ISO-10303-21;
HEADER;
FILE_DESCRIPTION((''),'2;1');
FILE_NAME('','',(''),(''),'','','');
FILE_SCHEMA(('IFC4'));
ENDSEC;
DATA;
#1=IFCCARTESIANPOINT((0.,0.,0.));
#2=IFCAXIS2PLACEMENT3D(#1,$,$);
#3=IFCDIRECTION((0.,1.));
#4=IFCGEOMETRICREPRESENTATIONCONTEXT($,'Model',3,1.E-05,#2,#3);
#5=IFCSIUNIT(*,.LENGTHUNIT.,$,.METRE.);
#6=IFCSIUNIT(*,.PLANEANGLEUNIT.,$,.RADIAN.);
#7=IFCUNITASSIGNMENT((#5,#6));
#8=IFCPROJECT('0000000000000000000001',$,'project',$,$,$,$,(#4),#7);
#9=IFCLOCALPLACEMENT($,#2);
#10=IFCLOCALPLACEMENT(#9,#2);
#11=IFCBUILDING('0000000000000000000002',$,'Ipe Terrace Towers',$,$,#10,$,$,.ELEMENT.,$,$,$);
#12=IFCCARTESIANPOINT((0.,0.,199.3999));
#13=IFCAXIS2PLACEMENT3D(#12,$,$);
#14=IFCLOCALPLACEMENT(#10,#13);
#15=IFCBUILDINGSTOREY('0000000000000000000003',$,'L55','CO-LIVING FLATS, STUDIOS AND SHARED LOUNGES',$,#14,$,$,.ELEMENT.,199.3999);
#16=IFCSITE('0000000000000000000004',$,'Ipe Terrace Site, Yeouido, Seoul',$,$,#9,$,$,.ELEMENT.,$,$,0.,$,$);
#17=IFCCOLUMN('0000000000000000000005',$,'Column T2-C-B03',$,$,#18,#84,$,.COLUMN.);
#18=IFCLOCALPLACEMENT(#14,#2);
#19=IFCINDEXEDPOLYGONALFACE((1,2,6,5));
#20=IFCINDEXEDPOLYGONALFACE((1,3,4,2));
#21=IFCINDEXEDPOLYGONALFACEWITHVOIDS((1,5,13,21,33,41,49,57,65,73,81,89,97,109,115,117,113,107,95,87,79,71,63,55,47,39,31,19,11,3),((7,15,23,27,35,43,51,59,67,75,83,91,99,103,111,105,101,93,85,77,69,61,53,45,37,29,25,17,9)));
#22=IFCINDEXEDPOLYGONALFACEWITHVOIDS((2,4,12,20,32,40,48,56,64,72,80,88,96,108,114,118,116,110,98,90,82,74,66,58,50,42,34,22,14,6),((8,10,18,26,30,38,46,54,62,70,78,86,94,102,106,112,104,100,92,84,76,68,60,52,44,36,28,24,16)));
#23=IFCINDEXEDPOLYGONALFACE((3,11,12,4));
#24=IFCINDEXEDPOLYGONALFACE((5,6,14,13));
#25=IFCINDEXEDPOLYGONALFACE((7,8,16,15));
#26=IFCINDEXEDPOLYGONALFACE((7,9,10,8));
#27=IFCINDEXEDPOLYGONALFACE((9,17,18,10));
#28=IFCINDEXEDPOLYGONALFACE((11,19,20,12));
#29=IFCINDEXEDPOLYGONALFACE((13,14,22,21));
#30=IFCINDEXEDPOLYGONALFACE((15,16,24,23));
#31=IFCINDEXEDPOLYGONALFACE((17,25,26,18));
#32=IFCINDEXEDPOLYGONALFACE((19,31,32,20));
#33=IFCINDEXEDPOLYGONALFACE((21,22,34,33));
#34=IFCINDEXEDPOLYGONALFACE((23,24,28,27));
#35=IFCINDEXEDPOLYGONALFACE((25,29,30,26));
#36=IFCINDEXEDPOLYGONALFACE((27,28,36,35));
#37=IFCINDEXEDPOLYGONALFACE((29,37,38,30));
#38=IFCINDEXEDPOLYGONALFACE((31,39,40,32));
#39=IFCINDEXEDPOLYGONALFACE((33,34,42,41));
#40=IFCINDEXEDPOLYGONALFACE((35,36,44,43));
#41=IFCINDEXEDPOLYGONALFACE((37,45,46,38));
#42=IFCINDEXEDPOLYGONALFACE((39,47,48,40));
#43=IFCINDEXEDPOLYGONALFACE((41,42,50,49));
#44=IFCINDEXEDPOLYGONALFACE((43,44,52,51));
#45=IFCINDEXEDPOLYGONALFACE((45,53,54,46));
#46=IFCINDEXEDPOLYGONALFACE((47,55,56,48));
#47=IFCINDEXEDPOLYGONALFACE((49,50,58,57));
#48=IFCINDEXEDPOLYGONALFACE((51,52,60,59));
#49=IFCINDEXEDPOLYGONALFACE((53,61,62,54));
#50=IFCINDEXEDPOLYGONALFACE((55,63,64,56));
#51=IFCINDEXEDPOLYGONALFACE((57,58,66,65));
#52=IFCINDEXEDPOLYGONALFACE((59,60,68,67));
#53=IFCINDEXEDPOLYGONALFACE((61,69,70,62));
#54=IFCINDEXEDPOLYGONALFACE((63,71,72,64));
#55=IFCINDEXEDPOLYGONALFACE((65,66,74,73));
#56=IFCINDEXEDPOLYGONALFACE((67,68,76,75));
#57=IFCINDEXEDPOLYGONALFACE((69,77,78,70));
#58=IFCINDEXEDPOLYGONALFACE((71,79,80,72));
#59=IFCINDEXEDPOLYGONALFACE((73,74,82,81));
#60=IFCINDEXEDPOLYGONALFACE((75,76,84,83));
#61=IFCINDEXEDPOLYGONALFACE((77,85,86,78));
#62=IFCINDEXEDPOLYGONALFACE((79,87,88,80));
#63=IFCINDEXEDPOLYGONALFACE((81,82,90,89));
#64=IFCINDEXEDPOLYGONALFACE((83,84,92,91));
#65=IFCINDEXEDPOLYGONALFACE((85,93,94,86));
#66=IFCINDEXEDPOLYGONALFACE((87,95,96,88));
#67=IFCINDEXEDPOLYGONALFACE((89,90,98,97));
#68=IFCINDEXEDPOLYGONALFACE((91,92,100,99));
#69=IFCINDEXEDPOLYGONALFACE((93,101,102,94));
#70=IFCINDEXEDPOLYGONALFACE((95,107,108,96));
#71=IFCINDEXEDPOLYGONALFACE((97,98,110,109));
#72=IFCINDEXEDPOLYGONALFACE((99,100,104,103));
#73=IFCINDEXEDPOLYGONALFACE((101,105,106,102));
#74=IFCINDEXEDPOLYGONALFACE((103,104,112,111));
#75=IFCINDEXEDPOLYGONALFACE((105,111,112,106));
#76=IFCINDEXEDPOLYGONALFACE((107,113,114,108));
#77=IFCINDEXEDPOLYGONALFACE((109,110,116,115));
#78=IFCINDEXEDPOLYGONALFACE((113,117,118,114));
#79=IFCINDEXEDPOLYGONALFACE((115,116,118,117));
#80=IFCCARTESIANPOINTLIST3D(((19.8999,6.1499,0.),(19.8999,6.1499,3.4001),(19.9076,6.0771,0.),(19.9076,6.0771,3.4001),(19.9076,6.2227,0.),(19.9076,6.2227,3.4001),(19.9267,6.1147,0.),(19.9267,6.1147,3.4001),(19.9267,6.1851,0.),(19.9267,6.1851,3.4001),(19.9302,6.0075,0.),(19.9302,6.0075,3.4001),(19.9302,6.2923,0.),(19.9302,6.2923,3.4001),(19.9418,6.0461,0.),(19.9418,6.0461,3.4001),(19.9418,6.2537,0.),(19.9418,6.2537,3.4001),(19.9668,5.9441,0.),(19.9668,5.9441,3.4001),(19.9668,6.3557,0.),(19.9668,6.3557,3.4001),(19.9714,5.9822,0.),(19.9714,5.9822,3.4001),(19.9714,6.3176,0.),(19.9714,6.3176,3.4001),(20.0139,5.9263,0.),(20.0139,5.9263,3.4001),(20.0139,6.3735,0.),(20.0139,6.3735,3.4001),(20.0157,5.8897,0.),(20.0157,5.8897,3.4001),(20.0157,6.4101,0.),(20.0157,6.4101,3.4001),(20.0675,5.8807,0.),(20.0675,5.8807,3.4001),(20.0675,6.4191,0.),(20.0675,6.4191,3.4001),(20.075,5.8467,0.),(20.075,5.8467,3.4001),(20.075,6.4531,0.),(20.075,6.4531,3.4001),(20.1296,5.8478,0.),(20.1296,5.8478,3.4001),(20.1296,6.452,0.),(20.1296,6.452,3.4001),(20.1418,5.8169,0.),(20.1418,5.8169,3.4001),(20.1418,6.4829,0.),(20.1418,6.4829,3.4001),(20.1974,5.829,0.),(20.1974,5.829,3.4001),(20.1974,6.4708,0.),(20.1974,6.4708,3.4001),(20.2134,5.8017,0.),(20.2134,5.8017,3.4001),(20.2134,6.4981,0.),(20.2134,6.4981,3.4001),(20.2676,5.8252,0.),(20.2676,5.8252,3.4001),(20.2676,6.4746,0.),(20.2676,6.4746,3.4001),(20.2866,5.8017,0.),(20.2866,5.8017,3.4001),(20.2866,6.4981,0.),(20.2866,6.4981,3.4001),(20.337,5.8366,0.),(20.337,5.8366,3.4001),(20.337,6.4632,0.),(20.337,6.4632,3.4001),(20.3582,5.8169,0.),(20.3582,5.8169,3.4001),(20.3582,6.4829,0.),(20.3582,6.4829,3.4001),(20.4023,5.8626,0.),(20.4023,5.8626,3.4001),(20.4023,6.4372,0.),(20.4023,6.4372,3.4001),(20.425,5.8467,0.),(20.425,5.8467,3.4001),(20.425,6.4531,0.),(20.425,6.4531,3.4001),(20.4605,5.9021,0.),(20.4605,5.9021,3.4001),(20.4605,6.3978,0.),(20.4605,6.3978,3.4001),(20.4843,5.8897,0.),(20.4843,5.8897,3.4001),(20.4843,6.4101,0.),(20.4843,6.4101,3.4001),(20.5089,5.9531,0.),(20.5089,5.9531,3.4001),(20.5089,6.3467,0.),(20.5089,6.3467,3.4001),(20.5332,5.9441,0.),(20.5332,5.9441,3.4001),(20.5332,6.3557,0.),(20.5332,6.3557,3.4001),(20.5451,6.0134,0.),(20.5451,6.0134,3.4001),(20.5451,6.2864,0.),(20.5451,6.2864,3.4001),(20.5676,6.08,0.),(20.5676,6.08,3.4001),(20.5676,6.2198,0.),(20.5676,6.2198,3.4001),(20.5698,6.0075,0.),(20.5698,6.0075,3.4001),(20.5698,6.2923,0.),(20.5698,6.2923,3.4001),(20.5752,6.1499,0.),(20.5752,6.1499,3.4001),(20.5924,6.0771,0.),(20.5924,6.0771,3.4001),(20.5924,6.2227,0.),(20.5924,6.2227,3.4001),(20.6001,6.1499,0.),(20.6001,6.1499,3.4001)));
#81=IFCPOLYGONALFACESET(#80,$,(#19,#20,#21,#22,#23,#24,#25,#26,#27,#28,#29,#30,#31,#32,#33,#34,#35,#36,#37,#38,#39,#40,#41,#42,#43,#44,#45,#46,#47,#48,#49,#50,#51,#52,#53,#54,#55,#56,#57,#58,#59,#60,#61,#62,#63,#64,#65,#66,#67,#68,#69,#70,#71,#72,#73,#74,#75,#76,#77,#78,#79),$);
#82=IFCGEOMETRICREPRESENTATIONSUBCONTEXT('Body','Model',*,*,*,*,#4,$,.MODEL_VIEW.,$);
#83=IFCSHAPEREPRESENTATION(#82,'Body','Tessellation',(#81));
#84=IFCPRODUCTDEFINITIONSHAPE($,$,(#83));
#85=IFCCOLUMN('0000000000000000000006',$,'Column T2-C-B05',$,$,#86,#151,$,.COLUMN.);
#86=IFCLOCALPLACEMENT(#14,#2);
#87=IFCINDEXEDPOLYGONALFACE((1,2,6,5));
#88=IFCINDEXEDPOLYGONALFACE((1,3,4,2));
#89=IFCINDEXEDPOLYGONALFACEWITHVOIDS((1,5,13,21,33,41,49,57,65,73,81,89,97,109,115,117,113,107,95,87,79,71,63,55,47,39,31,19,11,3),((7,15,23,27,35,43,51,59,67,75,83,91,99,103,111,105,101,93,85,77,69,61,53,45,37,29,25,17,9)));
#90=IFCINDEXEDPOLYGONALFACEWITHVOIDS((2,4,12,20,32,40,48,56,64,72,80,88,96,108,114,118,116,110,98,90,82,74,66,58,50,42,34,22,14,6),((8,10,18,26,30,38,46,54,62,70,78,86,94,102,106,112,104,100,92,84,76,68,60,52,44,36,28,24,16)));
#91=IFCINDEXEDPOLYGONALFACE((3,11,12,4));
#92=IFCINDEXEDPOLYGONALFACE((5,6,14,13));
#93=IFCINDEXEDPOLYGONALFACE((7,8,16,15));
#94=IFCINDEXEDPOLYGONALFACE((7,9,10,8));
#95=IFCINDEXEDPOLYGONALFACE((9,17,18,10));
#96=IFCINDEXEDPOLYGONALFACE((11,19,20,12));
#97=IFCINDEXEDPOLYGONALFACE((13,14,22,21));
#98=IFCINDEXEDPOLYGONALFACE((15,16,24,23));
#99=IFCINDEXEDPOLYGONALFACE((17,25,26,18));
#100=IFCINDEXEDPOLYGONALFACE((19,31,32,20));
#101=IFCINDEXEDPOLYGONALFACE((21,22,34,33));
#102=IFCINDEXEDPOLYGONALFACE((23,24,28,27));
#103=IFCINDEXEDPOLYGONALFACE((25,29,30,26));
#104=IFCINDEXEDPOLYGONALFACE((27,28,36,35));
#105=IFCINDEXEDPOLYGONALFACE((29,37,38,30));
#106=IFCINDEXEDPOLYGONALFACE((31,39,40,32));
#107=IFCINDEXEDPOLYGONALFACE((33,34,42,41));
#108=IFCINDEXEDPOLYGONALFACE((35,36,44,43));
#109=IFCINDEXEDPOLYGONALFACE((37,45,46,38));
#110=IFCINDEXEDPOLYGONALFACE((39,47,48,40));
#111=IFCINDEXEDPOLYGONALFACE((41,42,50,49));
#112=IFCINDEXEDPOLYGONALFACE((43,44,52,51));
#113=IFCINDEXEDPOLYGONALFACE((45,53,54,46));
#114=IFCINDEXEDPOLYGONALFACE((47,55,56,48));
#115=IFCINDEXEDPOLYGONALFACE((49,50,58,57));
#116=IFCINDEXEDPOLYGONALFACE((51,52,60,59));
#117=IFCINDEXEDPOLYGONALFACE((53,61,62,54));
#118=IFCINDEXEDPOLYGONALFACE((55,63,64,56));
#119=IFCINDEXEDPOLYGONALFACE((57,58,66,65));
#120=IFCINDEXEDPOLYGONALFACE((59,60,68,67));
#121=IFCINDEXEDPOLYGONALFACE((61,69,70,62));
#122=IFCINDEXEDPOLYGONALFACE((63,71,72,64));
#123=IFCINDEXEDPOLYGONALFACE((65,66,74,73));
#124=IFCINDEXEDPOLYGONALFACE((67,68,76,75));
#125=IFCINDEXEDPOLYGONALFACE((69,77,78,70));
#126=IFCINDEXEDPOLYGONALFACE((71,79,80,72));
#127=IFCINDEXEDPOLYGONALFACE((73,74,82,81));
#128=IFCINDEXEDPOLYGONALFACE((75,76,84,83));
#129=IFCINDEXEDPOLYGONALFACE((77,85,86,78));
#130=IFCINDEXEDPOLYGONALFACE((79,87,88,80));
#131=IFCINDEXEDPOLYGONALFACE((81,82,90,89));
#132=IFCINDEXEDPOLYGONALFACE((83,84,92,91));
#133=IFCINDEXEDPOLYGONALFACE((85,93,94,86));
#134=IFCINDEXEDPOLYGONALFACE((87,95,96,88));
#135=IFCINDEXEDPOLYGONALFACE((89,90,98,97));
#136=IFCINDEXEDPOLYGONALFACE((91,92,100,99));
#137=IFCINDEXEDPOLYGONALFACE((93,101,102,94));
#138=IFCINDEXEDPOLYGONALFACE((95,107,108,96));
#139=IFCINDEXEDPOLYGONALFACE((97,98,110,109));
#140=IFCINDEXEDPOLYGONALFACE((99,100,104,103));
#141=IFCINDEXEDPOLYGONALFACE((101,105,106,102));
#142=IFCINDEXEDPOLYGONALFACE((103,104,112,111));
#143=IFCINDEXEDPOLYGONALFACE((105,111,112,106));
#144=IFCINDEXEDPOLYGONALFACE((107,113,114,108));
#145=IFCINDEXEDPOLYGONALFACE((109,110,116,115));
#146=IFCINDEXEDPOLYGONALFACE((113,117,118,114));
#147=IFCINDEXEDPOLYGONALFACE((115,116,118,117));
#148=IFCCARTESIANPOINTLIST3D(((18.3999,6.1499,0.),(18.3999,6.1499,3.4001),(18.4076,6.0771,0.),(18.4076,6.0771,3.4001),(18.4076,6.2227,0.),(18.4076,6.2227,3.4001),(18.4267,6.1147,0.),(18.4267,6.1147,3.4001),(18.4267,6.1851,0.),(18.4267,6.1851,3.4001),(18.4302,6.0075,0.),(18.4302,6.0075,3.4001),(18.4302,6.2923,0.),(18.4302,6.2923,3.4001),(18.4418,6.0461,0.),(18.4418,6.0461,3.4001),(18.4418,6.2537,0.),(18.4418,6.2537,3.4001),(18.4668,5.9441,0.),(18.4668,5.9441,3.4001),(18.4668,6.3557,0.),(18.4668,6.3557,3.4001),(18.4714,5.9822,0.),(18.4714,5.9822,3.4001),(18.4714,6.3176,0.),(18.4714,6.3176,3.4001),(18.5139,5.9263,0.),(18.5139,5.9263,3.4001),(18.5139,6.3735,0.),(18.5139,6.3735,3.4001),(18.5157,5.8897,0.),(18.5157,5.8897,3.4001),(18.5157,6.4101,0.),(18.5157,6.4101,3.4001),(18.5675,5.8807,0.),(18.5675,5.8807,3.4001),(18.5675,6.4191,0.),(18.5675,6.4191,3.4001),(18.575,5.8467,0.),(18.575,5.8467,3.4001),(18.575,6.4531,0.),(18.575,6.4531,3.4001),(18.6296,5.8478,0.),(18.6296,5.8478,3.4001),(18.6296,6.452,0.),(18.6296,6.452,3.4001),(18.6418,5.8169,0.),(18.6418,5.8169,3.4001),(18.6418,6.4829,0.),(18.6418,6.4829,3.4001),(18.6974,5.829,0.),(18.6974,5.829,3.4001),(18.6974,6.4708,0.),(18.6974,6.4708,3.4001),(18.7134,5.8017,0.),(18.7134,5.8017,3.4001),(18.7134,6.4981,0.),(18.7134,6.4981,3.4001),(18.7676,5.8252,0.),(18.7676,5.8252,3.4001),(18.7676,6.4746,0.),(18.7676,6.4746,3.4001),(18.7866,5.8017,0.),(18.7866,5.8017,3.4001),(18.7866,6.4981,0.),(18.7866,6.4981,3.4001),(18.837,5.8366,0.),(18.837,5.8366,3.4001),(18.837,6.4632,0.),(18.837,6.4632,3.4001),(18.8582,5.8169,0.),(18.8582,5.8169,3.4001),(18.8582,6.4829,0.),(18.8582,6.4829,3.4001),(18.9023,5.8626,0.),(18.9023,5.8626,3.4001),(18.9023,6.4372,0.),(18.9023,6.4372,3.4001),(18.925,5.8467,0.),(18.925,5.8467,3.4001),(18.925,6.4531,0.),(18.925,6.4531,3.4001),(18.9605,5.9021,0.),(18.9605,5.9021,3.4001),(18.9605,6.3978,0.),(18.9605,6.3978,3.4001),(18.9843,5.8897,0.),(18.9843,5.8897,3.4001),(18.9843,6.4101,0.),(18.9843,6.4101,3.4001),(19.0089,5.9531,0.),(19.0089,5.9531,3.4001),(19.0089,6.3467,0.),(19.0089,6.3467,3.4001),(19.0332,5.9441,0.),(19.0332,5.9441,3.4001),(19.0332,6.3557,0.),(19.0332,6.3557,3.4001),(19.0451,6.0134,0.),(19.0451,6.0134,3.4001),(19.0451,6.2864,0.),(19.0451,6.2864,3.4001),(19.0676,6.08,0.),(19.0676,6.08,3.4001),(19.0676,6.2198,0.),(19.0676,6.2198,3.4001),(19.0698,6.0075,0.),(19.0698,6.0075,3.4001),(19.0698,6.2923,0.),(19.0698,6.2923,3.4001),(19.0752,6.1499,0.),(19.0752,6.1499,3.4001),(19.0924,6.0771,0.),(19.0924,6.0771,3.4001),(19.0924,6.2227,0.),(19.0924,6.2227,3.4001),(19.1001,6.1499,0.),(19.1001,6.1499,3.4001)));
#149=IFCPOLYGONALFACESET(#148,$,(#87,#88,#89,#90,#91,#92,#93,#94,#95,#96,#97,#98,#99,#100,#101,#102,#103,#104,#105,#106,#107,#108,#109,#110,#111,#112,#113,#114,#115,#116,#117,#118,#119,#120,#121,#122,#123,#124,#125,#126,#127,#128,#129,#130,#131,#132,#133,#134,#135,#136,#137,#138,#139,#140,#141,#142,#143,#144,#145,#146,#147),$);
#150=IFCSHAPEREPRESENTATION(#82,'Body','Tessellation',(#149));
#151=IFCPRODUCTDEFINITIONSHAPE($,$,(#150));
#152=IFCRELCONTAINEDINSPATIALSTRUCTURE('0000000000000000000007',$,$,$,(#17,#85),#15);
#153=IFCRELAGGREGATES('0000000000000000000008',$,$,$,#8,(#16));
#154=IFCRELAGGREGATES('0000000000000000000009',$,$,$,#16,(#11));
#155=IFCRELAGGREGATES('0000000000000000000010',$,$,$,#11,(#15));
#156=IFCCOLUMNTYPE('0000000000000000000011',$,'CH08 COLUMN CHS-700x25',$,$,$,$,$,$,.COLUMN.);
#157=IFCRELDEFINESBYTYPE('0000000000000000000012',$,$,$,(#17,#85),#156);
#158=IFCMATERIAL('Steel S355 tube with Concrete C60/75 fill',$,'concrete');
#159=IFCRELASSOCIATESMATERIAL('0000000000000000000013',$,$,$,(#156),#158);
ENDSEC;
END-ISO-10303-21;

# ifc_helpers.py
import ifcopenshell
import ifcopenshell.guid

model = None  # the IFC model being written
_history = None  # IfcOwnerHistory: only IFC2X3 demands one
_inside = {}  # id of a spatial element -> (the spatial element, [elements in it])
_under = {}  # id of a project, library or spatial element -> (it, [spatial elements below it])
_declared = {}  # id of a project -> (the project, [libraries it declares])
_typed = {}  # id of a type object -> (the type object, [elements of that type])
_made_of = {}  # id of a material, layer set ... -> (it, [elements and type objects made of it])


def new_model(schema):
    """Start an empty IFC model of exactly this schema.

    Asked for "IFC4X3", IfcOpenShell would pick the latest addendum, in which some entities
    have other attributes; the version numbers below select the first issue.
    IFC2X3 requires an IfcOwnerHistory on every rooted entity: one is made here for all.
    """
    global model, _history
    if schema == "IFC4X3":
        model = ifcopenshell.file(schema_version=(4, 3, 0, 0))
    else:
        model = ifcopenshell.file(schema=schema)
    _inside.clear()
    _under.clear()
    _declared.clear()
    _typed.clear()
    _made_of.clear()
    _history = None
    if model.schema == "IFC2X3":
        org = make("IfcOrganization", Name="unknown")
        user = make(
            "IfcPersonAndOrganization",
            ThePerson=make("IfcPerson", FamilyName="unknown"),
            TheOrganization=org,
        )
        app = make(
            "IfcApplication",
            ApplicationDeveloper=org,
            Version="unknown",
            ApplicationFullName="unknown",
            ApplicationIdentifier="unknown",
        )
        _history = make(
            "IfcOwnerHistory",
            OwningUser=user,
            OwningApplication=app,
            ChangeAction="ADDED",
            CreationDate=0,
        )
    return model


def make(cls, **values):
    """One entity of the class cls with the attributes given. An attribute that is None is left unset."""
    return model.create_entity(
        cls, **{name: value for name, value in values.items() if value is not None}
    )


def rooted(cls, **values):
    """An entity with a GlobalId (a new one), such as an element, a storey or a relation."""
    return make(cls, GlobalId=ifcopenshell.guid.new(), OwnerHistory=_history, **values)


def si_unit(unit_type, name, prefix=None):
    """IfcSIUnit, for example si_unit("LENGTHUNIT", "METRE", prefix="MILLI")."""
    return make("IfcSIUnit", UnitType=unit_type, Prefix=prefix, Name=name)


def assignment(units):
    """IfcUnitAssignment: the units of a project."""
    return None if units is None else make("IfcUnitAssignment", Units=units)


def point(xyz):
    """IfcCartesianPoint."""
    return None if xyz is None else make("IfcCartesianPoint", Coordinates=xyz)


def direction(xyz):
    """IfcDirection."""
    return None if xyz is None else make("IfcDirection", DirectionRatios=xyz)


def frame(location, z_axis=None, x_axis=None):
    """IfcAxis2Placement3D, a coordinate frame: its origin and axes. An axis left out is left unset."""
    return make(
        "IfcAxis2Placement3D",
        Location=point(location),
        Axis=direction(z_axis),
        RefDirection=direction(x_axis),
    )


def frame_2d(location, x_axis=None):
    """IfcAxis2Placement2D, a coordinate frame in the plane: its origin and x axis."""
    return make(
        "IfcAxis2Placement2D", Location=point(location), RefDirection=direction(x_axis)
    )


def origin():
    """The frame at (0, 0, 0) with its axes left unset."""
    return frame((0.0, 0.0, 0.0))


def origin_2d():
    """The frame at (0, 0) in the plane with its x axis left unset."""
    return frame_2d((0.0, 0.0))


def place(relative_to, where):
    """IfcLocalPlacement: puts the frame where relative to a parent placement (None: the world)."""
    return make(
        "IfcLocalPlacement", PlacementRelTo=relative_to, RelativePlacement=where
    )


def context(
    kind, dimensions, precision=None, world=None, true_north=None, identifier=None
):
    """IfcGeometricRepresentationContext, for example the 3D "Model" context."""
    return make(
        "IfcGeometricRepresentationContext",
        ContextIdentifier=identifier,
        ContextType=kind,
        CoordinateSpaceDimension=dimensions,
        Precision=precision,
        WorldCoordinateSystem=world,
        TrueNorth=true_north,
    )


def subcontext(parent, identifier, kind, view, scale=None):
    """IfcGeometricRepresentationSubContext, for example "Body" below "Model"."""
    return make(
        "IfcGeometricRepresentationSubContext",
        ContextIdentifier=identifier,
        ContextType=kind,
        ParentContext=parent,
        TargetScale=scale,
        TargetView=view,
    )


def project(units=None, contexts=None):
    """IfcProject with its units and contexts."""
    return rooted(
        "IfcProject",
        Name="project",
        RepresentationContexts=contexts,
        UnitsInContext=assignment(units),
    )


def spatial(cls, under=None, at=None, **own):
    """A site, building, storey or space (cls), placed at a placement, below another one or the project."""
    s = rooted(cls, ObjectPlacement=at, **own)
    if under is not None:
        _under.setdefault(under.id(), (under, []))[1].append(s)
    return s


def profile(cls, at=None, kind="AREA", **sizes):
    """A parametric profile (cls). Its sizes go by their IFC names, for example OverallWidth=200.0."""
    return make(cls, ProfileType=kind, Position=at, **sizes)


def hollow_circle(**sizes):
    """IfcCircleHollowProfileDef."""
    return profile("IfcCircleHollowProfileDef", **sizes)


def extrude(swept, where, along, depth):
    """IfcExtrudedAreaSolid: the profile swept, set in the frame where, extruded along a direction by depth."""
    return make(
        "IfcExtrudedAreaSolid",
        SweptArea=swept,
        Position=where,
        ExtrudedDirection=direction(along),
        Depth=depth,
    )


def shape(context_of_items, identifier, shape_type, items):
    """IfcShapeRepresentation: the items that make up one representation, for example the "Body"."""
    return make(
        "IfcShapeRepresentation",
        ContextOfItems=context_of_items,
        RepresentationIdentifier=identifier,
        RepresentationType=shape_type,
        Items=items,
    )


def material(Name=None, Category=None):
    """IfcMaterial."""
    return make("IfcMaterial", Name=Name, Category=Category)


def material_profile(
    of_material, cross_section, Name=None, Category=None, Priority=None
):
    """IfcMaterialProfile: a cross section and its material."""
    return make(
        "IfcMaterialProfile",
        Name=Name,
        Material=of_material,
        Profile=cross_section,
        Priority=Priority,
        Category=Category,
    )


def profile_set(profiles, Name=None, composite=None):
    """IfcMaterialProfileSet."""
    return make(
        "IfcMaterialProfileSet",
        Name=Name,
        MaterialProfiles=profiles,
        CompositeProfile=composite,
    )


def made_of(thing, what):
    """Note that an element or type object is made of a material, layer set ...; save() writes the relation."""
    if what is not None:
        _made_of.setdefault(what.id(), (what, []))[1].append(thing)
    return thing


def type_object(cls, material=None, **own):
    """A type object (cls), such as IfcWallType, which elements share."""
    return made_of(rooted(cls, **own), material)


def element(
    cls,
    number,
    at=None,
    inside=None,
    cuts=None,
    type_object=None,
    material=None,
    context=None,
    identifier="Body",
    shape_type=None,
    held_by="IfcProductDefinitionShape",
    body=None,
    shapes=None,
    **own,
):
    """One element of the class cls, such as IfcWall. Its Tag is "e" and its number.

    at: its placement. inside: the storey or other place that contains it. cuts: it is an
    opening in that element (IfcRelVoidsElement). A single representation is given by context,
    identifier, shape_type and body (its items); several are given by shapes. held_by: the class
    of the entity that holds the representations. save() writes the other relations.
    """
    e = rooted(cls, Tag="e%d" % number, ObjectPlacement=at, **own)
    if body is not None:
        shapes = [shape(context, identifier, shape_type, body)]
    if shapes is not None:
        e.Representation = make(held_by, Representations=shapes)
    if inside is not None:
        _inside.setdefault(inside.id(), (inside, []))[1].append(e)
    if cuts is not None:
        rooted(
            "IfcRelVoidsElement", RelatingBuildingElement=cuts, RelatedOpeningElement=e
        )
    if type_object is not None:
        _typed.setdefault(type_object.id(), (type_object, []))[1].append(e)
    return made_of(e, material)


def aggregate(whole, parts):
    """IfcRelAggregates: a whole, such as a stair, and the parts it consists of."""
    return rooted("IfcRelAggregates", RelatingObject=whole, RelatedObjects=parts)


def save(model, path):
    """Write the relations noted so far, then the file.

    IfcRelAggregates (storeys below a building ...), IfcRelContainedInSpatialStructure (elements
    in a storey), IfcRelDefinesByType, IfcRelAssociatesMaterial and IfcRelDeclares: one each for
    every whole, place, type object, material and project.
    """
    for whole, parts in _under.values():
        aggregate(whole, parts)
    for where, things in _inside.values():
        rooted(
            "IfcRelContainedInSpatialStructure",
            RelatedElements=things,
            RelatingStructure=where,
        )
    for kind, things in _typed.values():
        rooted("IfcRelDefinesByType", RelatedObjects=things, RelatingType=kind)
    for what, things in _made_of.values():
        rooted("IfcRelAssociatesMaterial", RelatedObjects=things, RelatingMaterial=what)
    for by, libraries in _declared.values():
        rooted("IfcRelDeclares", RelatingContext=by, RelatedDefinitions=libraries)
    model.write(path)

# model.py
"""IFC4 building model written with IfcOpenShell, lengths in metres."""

from ifc_helpers import new_model, si_unit, direction, frame, origin, origin_2d, place, context, subcontext, project, spatial, hollow_circle, extrude, material, material_profile, profile_set, type_object, element, save


model = new_model("IFC4")

# Units and contexts
model_context = context("Model", 3, precision=1e-05, world=origin(), true_north=direction((0.0, 1.0)))
body_context = subcontext(model_context, "Body", "Model", "MODEL_VIEW")
ifc_project = project(units=[si_unit("LENGTHUNIT", "METRE"), si_unit("PLANEANGLEUNIT", "RADIAN")], contexts=[model_context])

# Site, building, storey
site_placement = place(None, origin())
site = spatial("IfcSite", under=ifc_project, at=site_placement, Name="Ipe Terrace Site, Yeouido, Seoul", CompositionType="ELEMENT", RefElevation=0.0)
building_placement = place(site_placement, origin())
building = spatial("IfcBuilding", under=site, at=building_placement, Name="Ipe Terrace Towers", CompositionType="ELEMENT")
storey_placement = place(building_placement, frame((0.0, 0.0, 199.3999)))
storey = spatial("IfcBuildingStorey", under=building, at=storey_placement, Name="L55", Description="CO-LIVING FLATS, STUDIOS AND SHARED LOUNGES", CompositionType="ELEMENT", Elevation=199.3999)

# Columns
ifc_material_1 = material(Name="Steel S355 tube with Concrete C60/75 fill", Category="concrete")
ifc_material_profile_1 = material_profile(ifc_material_1, hollow_circle(Radius=0.3501, WallThickness=0.0249, at=origin_2d()), Name="CHS-700x25")
ifc_profile_set_1 = profile_set([ifc_material_profile_1], Name="Steel S355 tube with Concrete C60/75 fill")
column_type = type_object("IfcColumnType", Name="CH08 COLUMN CHS-700x25", PredefinedType="COLUMN", material=ifc_profile_set_1)
for number, where, z_axis, x_axis, name in (
    (1, (20.25, 6.1499, 0.0), (0.0, 0.0, 1.0), (1.0, 0.0, 0.0), "Column T2-C-B03"),
    (2, (18.75, 6.1499, 0.0), (0.0, 0.0, 1.0), (1.0, 0.0, 0.0), "Column T2-C-B05"),
):
    element("IfcColumn", number, at=place(storey_placement, frame(where, z_axis=z_axis, x_axis=x_axis)), inside=storey, type_object=column_type, Name=name, PredefinedType="COLUMN", context=body_context, shape_type="SweptSolid", body=[
        extrude(hollow_circle(Radius=0.3501, WallThickness=0.0249, at=origin_2d()), origin(), (0.0, 0.0, 1.0), 3.4001),
    ])

save(model, "model.ifc")
